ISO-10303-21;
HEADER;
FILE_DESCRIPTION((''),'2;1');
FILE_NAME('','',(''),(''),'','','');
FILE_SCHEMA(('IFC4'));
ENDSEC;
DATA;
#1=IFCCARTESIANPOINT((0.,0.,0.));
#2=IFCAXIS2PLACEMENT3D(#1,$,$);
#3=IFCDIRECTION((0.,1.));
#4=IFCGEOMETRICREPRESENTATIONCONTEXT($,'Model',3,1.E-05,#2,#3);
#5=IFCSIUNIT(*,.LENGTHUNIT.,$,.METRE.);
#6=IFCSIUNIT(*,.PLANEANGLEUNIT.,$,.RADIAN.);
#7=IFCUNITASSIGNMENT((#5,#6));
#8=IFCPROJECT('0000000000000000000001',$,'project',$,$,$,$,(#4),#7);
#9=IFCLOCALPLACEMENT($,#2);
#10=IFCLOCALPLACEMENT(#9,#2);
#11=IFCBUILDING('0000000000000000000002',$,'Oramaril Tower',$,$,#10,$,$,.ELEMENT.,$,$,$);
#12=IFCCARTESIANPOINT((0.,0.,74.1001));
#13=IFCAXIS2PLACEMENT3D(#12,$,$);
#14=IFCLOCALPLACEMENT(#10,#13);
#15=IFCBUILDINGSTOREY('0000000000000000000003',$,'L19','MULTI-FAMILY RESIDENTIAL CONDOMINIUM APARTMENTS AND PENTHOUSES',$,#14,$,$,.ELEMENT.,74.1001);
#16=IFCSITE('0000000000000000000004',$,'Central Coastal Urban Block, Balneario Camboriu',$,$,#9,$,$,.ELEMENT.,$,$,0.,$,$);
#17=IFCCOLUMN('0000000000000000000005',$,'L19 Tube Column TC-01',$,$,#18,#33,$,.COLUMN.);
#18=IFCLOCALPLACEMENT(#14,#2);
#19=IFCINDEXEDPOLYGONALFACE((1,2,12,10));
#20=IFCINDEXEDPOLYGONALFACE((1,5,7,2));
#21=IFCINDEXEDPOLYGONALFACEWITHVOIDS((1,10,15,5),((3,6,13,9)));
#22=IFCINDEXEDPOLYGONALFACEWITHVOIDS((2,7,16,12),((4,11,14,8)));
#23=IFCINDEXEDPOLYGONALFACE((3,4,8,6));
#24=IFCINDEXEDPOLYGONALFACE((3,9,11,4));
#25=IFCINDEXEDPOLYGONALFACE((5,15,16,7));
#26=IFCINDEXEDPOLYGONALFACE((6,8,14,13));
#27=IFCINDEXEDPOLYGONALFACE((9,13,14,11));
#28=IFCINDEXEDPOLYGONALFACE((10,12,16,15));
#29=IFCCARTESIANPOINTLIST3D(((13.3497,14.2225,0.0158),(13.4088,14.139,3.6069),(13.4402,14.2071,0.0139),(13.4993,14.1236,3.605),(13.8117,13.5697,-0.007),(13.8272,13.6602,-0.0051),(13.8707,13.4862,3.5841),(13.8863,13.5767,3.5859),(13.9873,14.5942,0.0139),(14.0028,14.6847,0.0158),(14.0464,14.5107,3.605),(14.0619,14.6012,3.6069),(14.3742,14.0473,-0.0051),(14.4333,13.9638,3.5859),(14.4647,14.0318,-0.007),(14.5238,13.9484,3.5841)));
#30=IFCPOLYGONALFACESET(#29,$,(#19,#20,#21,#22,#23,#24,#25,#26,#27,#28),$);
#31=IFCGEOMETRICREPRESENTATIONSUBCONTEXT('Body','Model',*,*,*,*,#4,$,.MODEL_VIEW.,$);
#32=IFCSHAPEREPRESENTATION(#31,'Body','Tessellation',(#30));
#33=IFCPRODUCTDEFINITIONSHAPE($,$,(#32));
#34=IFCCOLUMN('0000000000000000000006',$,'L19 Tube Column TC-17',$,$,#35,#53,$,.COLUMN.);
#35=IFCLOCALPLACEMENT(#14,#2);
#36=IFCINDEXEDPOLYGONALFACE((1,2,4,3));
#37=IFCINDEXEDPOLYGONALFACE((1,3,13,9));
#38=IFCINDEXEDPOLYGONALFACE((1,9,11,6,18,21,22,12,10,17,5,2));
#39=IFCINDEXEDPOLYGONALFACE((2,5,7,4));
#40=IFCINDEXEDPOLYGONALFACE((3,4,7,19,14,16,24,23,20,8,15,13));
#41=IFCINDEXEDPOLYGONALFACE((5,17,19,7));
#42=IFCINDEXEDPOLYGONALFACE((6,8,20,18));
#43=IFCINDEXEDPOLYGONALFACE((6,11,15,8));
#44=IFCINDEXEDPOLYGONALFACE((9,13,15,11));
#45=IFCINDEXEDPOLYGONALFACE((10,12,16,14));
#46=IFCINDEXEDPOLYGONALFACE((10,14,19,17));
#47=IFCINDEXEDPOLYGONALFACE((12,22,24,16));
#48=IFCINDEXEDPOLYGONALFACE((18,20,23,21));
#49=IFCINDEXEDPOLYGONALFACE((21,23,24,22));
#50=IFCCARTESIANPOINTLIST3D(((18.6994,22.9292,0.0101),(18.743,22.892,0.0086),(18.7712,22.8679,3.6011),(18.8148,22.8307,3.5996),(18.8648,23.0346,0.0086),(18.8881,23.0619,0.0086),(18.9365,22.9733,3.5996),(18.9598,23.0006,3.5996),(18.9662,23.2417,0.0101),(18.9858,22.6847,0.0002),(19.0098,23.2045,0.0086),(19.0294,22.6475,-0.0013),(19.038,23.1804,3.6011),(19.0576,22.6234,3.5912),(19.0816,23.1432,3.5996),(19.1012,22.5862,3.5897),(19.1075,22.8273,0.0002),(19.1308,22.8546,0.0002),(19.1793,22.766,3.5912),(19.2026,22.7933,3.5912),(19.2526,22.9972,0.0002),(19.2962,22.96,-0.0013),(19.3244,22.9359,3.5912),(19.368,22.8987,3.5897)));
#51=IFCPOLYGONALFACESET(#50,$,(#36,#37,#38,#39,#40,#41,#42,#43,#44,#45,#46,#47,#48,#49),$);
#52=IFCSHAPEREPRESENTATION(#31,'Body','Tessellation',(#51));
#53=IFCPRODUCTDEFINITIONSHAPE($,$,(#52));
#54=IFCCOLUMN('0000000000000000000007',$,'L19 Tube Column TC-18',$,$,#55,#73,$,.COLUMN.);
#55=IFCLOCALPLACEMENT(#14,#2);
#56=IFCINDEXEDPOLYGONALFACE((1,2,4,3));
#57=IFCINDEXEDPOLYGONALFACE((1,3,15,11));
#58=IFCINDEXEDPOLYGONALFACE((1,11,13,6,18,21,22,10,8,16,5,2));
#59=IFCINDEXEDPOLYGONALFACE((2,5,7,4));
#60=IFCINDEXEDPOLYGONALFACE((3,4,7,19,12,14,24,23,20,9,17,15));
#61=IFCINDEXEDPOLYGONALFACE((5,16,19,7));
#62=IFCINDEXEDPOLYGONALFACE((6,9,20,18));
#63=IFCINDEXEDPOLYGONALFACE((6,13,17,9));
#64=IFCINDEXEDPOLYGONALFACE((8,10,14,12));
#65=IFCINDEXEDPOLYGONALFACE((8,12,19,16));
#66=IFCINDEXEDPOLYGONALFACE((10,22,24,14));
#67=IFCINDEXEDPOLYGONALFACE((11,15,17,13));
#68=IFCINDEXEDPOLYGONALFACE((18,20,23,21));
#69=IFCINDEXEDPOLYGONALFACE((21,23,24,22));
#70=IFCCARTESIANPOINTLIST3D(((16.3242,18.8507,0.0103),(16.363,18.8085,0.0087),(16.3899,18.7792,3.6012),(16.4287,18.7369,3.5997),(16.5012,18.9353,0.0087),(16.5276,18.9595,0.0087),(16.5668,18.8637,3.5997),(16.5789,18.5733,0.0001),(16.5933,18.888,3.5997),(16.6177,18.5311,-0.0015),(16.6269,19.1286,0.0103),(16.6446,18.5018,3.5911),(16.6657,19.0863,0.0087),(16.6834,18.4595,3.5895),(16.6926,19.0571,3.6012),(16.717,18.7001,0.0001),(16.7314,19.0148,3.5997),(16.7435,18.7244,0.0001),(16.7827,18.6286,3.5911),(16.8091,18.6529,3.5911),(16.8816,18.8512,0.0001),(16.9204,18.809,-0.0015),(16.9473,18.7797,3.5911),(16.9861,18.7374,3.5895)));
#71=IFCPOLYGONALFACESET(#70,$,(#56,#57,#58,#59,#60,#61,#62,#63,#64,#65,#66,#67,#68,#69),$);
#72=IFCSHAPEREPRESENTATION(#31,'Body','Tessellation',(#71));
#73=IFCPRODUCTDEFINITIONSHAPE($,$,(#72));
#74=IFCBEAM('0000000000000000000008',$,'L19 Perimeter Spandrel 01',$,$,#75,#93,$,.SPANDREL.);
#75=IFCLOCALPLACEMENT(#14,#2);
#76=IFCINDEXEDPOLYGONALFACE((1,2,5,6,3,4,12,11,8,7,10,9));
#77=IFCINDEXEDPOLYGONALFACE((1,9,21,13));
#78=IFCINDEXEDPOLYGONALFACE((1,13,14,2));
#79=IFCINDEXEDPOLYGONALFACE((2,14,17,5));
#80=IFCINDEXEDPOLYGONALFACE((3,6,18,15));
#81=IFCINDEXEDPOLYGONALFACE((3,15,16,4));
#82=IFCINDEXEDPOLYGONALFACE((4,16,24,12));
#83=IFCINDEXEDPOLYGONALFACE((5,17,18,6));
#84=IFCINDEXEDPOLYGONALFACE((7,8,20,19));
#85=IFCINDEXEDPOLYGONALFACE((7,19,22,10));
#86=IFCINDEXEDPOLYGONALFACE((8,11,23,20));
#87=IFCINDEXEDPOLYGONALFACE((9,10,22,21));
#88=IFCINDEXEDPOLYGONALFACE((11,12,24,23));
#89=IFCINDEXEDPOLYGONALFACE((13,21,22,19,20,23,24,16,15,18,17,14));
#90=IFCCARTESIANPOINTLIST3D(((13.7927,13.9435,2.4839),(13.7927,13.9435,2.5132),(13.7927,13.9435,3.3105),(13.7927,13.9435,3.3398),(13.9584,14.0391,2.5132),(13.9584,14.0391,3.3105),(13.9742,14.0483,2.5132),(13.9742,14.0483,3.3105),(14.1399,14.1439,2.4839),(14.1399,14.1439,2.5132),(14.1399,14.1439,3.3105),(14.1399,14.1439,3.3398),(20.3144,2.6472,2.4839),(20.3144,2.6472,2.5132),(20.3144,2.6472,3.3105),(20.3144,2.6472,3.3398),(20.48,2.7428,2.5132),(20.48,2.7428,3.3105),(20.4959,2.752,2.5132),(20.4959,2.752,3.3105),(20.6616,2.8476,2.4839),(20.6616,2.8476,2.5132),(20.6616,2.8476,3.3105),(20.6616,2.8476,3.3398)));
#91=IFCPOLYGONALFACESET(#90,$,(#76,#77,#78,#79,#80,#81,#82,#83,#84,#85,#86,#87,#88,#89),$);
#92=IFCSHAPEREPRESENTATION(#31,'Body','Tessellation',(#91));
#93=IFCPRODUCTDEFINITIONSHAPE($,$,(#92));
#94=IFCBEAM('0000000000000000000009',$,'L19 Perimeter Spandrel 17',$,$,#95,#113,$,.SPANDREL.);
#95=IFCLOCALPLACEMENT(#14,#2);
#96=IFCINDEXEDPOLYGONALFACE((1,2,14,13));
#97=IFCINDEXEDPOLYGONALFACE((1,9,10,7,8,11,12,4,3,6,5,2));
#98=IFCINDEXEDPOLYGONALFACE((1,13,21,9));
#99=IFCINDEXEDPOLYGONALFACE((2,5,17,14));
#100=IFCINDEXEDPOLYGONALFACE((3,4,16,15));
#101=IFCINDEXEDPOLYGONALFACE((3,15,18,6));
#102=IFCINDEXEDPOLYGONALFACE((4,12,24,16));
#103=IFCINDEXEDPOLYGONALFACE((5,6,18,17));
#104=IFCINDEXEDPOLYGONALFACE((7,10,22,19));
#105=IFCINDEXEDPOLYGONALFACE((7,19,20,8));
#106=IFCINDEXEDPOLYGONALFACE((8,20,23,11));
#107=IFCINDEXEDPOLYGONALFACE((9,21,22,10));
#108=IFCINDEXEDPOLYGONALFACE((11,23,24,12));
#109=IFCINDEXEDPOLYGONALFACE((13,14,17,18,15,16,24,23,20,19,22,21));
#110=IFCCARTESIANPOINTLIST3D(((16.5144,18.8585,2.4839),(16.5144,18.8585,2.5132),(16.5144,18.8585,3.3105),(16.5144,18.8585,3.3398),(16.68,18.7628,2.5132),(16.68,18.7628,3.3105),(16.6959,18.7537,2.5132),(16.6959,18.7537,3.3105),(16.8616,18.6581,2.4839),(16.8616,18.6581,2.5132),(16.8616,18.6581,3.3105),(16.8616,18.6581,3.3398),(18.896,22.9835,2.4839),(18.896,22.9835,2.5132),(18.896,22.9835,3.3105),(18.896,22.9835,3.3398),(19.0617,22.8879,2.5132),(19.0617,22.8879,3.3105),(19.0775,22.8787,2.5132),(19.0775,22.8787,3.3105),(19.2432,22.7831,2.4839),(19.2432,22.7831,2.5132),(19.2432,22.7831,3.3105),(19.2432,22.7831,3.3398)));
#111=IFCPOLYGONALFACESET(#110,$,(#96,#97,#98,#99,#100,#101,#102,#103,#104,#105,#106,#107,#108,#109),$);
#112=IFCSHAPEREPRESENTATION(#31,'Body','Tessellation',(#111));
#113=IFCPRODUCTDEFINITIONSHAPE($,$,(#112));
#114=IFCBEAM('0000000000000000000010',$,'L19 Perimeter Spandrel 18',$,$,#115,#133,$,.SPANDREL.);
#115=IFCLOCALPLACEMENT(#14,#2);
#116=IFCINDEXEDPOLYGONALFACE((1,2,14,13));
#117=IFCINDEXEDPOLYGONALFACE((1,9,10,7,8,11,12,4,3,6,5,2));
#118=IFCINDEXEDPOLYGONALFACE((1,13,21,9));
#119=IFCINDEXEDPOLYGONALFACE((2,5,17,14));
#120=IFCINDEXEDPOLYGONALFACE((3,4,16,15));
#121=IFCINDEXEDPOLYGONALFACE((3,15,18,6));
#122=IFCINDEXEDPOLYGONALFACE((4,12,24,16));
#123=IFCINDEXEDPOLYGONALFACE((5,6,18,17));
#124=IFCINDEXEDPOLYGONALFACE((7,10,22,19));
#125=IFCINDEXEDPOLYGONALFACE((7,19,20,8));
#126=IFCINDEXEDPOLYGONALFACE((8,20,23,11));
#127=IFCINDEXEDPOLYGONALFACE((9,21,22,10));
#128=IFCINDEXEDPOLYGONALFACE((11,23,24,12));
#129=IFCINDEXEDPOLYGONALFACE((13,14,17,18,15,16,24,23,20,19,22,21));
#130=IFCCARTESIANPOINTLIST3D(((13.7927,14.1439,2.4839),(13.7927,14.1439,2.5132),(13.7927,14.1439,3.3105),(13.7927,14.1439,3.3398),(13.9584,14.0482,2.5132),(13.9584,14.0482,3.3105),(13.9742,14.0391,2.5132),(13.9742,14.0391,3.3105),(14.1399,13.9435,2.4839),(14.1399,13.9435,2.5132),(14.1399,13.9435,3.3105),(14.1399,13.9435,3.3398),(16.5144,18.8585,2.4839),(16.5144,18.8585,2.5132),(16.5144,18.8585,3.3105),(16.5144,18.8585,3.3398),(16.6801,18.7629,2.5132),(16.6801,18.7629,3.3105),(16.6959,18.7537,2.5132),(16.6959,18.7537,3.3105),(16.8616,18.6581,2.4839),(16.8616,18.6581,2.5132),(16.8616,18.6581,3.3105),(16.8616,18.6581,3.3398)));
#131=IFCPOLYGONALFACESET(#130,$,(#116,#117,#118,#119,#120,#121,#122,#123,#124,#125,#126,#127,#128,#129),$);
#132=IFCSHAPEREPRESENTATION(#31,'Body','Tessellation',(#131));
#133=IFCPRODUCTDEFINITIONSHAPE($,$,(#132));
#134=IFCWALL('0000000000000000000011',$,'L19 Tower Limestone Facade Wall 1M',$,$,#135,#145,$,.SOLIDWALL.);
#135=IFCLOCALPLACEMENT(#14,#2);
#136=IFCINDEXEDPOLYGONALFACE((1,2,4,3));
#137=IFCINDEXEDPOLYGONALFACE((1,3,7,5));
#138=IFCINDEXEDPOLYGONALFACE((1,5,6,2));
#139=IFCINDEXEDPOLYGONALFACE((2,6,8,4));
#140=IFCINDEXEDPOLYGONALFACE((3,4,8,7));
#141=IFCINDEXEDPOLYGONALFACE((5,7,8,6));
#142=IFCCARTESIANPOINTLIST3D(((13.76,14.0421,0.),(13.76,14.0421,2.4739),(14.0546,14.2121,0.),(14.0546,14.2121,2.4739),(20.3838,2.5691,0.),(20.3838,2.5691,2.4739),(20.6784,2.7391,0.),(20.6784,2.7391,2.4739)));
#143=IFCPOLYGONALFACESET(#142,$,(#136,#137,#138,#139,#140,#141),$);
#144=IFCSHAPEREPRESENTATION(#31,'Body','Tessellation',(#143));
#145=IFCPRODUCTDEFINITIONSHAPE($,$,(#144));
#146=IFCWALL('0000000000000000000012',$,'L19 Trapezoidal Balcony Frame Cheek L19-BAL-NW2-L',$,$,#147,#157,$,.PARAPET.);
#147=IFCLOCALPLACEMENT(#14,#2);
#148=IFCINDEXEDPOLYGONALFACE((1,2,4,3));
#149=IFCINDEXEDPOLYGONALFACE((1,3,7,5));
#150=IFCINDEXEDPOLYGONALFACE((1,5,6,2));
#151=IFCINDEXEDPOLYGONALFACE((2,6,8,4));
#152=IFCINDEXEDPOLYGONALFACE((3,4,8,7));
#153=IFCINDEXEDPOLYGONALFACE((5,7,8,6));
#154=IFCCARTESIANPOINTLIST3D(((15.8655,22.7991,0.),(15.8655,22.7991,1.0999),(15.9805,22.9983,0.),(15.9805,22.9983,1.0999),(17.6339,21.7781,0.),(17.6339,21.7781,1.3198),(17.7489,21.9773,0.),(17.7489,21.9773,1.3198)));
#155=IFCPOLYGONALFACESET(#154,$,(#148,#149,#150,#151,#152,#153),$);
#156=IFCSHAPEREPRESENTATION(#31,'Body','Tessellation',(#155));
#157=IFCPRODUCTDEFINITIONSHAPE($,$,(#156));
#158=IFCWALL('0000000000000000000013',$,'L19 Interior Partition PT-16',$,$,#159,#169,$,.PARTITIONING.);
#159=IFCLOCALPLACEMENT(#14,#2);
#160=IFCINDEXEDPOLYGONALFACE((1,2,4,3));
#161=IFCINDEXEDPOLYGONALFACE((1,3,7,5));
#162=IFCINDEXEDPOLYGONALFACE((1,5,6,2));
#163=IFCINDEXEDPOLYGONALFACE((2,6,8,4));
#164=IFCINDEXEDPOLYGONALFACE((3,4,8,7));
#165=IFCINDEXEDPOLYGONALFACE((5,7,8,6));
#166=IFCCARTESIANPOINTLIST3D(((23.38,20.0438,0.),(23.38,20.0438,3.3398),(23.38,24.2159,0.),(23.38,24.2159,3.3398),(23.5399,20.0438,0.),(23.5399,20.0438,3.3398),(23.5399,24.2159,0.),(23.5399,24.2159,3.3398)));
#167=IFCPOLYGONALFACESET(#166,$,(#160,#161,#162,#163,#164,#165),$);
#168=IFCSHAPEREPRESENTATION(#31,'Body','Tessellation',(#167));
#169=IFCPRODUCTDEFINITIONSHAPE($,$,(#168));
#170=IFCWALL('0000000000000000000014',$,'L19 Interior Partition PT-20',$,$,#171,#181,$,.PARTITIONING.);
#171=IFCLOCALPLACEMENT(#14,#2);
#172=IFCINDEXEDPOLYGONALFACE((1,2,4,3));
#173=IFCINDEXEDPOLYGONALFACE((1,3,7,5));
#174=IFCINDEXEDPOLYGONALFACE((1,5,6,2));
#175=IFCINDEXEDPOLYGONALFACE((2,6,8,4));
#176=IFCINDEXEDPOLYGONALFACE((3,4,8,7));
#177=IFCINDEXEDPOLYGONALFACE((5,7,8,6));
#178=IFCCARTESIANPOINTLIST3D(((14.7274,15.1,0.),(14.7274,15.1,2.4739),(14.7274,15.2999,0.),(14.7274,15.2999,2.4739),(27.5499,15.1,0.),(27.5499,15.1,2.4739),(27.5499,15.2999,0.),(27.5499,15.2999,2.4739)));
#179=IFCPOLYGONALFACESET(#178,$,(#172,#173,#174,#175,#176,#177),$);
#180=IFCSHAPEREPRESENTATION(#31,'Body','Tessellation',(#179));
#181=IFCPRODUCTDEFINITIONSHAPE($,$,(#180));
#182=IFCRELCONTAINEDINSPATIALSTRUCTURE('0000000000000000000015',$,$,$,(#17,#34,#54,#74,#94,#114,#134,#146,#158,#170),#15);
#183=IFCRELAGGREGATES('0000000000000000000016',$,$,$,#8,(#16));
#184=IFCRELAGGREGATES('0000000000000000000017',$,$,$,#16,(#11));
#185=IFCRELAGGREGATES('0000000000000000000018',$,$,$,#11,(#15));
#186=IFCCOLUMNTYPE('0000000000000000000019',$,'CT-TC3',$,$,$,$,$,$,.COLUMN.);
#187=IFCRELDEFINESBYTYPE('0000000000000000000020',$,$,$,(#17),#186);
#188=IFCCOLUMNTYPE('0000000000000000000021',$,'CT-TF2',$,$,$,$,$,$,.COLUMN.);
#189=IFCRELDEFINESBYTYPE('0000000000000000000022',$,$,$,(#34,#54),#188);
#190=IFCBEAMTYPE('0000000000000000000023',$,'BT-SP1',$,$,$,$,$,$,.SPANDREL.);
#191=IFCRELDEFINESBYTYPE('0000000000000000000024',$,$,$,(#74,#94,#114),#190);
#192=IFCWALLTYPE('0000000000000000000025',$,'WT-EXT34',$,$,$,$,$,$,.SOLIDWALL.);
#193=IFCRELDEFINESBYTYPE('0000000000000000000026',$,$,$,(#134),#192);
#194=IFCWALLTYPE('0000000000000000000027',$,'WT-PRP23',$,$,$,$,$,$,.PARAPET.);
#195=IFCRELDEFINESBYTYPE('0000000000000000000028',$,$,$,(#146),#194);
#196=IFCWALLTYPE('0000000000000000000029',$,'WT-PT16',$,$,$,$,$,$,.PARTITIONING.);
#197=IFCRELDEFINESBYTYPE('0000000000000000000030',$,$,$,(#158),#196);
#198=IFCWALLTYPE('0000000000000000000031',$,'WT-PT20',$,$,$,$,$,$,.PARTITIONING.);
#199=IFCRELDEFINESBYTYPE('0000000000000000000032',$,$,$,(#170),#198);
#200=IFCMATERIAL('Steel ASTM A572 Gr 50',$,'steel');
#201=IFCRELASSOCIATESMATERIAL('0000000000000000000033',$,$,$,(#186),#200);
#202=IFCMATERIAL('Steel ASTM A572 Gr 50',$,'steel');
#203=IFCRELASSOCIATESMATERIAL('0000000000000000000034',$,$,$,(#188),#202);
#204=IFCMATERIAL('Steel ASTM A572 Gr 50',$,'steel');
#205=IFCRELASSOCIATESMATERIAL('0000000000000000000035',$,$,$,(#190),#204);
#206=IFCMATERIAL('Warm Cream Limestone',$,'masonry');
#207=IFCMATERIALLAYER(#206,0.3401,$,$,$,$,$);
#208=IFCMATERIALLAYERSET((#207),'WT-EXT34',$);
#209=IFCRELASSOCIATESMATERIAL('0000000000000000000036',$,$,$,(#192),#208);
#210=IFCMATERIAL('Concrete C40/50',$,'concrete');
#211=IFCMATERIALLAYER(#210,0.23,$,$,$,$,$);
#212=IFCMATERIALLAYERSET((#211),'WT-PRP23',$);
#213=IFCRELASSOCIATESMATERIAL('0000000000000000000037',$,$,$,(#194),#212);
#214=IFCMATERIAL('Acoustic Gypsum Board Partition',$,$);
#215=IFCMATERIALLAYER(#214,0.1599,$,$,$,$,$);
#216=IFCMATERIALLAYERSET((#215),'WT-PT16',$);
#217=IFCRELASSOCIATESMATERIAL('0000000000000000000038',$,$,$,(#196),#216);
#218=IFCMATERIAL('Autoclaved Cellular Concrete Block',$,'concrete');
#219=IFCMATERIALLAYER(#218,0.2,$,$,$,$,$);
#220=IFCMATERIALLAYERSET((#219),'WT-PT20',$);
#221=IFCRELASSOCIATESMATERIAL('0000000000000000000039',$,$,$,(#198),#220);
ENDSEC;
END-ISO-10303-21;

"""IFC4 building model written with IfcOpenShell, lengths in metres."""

from ifc_helpers import new_model, si_unit, direction, frame, frame_2d, origin, origin_2d, place, context, subcontext, project, spatial, polyline, rectangle, hollow_rectangle, i_section, outline, extrude, material, layer, layer_set, material_profile, profile_set, type_object, element, save


model = new_model("IFC4")

# Units and contexts
model_context = context("Model", 3, precision=1e-05, world=origin(), true_north=direction((0.0, 1.0)))
body_context = subcontext(model_context, "Body", "Model", "MODEL_VIEW")
ifc_project = project(units=[si_unit("LENGTHUNIT", "METRE"), si_unit("PLANEANGLEUNIT", "RADIAN")], contexts=[model_context])

# Site, building, storey
site_placement = place(None, origin())
site = spatial("IfcSite", under=ifc_project, at=site_placement, Name="Central Coastal Urban Block, Balneario Camboriu", CompositionType="ELEMENT", RefElevation=0.0)
building_placement = place(site_placement, origin())
building = spatial("IfcBuilding", under=site, at=building_placement, Name="Oramaril Tower", CompositionType="ELEMENT")
storey_placement = place(building_placement, frame((0.0, 0.0, 74.1001)))
storey = spatial("IfcBuildingStorey", under=building, at=storey_placement, Name="L19", Description="MULTI-FAMILY RESIDENTIAL CONDOMINIUM APARTMENTS AND PENTHOUSES", CompositionType="ELEMENT", Elevation=74.1001)

# Columns
ifc_material_1 = material(Name="Steel ASTM A572 Gr 50", Category="steel")
ifc_material_profile_1 = material_profile(ifc_material_1, hollow_rectangle(XDim=0.8, YDim=0.8, WallThickness=0.0649, at=origin_2d()), Name="BOX800X800X65")
ifc_profile_set_1 = profile_set([ifc_material_profile_1], Name="Steel ASTM A572 Gr 50")
column_type_1 = type_object("IfcColumnType", Name="CT-TC3", PredefinedType="COLUMN", material=ifc_profile_set_1)
column_placement = place(storey_placement, frame((13.9072, 14.1272, 0.0044), z_axis=(0.016446, -0.023242, 0.999595), x_axis=(0.816306, 0.57762, 0.0)))
element("IfcColumn", 1, at=column_placement, inside=storey, type_object=column_type_1, Name="L19 Tube Column TC-01", PredefinedType="COLUMN", context=body_context, shape_type="SweptSolid", body=[
    extrude(hollow_rectangle(XDim=0.8, YDim=0.8, WallThickness=0.0649, at=origin_2d()), origin(), (0.0, 0.0, 1.0), 3.5925),
])
ifc_material_2 = material(Name="Steel ASTM A572 Gr 50", Category="steel")
ifc_material_profile_2 = material_profile(ifc_material_2, i_section(OverallWidth=0.4109, OverallDepth=0.4341, WebThickness=0.0359, FlangeThickness=0.0574, at=origin_2d()), Name="W14X311")
ifc_profile_set_2 = profile_set([ifc_material_profile_2], Name="Steel ASTM A572 Gr 50")
column_type_2 = type_object("IfcColumnType", Name="CT-TF2", PredefinedType="COLUMN", material=ifc_profile_set_2)
for number, where, z_axis, x_axis, name in (
    (2, (18.9978, 22.9446, 0.0044), (0.019981, -0.017058, 0.999655), (0.649299, 0.760533, 0.0), "L19 Tube Column TC-17"),
    (3, (16.6223, 18.8298, 0.0044), (0.018281, -0.019912, 0.999635), (0.736632, 0.676294, 0.0), "L19 Tube Column TC-18"),
):
    element("IfcColumn", number, at=place(storey_placement, frame(where, z_axis=z_axis, x_axis=x_axis)), inside=storey, type_object=column_type_2, Name=name, PredefinedType="COLUMN", context=body_context, shape_type="SweptSolid", body=[
        extrude(i_section(OverallWidth=0.4109, OverallDepth=0.4341, WebThickness=0.0359, FlangeThickness=0.0574, at=origin_2d()), origin(), (0.0, 0.0, 1.0), 3.5923),
    ])

# Beams
ifc_material_3 = material(Name="Steel ASTM A572 Gr 50", Category="steel")
ifc_material_profile_3 = material_profile(ifc_material_3, i_section(OverallWidth=0.4009, OverallDepth=0.856, WebThickness=0.0183, FlangeThickness=0.0293, at=origin_2d()), Name="W33X201")
ifc_profile_set_3 = profile_set([ifc_material_profile_3], Name="Steel ASTM A572 Gr 50")
beam_type = type_object("IfcBeamType", Name="BT-SP1", PredefinedType="SPANDREL", material=ifc_profile_set_3)
beam_1_placement = place(storey_placement, frame((13.9663, 14.0437, 2.9119), z_axis=(0.499986, -0.866033, 0.0), x_axis=(0.866033, 0.499986, 0.0)))
element("IfcBeam", 4, at=beam_1_placement, inside=storey, type_object=beam_type, Name="L19 Perimeter Spandrel 01", PredefinedType="SPANDREL", context=body_context, shape_type="SweptSolid", body=[
    extrude(i_section(OverallWidth=0.4009, OverallDepth=0.856, WebThickness=0.0183, FlangeThickness=0.0293, at=origin_2d()), origin(), (0.0, 0.0, 1.0), 13.0437),
])
beam_2_placement = place(storey_placement, frame((19.0696, 22.8833, 2.9119), z_axis=(-0.500003, -0.866023, 0.0), x_axis=(0.866023, -0.500003, 0.0)))
element("IfcBeam", 5, at=beam_2_placement, inside=storey, type_object=beam_type, Name="L19 Perimeter Spandrel 17", PredefinedType="SPANDREL", context=body_context, shape_type="SweptSolid", body=[
    extrude(i_section(OverallWidth=0.4009, OverallDepth=0.856, WebThickness=0.0183, FlangeThickness=0.0293, at=origin_2d()), origin(), (0.0, 0.0, 1.0), 4.7632),
])
beam_3_placement = place(storey_placement, frame((16.688, 18.7583, 2.9119), z_axis=(-0.499959, -0.866049, 0.0), x_axis=(0.866049, -0.499959, 0.0)))
element("IfcBeam", 6, at=beam_3_placement, inside=storey, type_object=beam_type, Name="L19 Perimeter Spandrel 18", PredefinedType="SPANDREL", context=body_context, shape_type="SweptSolid", body=[
    extrude(i_section(OverallWidth=0.4009, OverallDepth=0.856, WebThickness=0.0183, FlangeThickness=0.0293, at=origin_2d()), origin(), (0.0, 0.0, 1.0), 5.4438),
])

# Walls
ifc_material_4 = material(Name="Warm Cream Limestone", Category="masonry")
ifc_layer_1 = layer(ifc_material_4, 0.3401)
ifc_layer_set_1 = layer_set([ifc_layer_1], Name="WT-EXT34")
wall_type_1 = type_object("IfcWallType", Name="WT-EXT34", PredefinedType="SOLIDWALL", material=ifc_layer_set_1)
wall_1_placement = place(storey_placement, frame((13.9072, 14.1272, 0.0), z_axis=(0.0, 0.0, 1.0), x_axis=(0.499994, -0.866029, 0.0)))
element("IfcWall", 7, at=wall_1_placement, inside=storey, type_object=wall_type_1, Name="L19 Tower Limestone Facade Wall 1M", PredefinedType="SOLIDWALL", context=body_context, shape_type="SweptSolid", body=[
    extrude(rectangle(XDim=13.2478, YDim=0.3401, at=frame_2d((6.624, 0.0))), origin(), (0.0, 0.0, 1.0), 2.4739),
])
ifc_material_5 = material(Name="Concrete C40/50", Category="concrete")
ifc_layer_2 = layer(ifc_material_5, 0.23)
ifc_layer_set_2 = layer_set([ifc_layer_2], Name="WT-PRP23")
wall_type_2 = type_object("IfcWallType", Name="WT-PRP23", PredefinedType="PARAPET", material=ifc_layer_set_2)
wall_2_placement = place(storey_placement, frame((17.6914, 21.8777, 0.0), z_axis=(0.0, 0.0, 1.0), x_axis=(-0.866012, 0.500023, 0.0)))
element("IfcWall", 8, at=wall_2_placement, inside=storey, type_object=wall_type_2, Name="L19 Trapezoidal Balcony Frame Cheek L19-BAL-NW2-L", PredefinedType="PARAPET", context=body_context, shape_type="SweptSolid", body=[
    extrude(outline(polyline([(0.0, 0.0), (2.042, 0.0), (2.042, 1.0999), (0.0, 1.3198), (0.0, 0.0)])), frame((0.0, 0.115, 0.0), z_axis=(0.0, -1.0, 0.0), x_axis=(1.0, 0.0, 0.0)), (0.0, 0.0, 1.0), 0.23),
])

# Walls
ifc_material_6 = material(Name="Acoustic Gypsum Board Partition")
ifc_layer_3 = layer(ifc_material_6, 0.1599)
ifc_layer_set_3 = layer_set([ifc_layer_3], Name="WT-PT16")
wall_type_3 = type_object("IfcWallType", Name="WT-PT16", PredefinedType="PARTITIONING", material=ifc_layer_set_3)
wall_3_placement = place(storey_placement, frame((23.46, 20.0439, 0.0), z_axis=(0.0, 0.0, 1.0), x_axis=(0.0, 1.0, 0.0)))
element("IfcWall", 9, at=wall_3_placement, inside=storey, type_object=wall_type_3, Name="L19 Interior Partition PT-16", PredefinedType="PARTITIONING", context=body_context, shape_type="SweptSolid", body=[
    extrude(rectangle(XDim=4.1721, YDim=0.1599, at=frame_2d((2.0859, 0.0))), origin(), (0.0, 0.0, 1.0), 3.3398),
])
ifc_material_7 = material(Name="Autoclaved Cellular Concrete Block", Category="concrete")
ifc_layer_4 = layer(ifc_material_7, 0.2)
ifc_layer_set_4 = layer_set([ifc_layer_4], Name="WT-PT20")
wall_type_4 = type_object("IfcWallType", Name="WT-PT20", PredefinedType="PARTITIONING", material=ifc_layer_set_4)
wall_4_placement = place(storey_placement, frame((14.7275, 15.2, 0.0), z_axis=(0.0, 0.0, 1.0), x_axis=(1.0, 0.0, 0.0)))
element("IfcWall", 10, at=wall_4_placement, inside=storey, type_object=wall_type_4, Name="L19 Interior Partition PT-20", PredefinedType="PARTITIONING", context=body_context, shape_type="SweptSolid", body=[
    extrude(rectangle(XDim=12.8225, YDim=0.2, at=frame_2d((6.4111, 0.0))), origin(), (0.0, 0.0, 1.0), 2.4739),
])

save(model, "model.ifc")
